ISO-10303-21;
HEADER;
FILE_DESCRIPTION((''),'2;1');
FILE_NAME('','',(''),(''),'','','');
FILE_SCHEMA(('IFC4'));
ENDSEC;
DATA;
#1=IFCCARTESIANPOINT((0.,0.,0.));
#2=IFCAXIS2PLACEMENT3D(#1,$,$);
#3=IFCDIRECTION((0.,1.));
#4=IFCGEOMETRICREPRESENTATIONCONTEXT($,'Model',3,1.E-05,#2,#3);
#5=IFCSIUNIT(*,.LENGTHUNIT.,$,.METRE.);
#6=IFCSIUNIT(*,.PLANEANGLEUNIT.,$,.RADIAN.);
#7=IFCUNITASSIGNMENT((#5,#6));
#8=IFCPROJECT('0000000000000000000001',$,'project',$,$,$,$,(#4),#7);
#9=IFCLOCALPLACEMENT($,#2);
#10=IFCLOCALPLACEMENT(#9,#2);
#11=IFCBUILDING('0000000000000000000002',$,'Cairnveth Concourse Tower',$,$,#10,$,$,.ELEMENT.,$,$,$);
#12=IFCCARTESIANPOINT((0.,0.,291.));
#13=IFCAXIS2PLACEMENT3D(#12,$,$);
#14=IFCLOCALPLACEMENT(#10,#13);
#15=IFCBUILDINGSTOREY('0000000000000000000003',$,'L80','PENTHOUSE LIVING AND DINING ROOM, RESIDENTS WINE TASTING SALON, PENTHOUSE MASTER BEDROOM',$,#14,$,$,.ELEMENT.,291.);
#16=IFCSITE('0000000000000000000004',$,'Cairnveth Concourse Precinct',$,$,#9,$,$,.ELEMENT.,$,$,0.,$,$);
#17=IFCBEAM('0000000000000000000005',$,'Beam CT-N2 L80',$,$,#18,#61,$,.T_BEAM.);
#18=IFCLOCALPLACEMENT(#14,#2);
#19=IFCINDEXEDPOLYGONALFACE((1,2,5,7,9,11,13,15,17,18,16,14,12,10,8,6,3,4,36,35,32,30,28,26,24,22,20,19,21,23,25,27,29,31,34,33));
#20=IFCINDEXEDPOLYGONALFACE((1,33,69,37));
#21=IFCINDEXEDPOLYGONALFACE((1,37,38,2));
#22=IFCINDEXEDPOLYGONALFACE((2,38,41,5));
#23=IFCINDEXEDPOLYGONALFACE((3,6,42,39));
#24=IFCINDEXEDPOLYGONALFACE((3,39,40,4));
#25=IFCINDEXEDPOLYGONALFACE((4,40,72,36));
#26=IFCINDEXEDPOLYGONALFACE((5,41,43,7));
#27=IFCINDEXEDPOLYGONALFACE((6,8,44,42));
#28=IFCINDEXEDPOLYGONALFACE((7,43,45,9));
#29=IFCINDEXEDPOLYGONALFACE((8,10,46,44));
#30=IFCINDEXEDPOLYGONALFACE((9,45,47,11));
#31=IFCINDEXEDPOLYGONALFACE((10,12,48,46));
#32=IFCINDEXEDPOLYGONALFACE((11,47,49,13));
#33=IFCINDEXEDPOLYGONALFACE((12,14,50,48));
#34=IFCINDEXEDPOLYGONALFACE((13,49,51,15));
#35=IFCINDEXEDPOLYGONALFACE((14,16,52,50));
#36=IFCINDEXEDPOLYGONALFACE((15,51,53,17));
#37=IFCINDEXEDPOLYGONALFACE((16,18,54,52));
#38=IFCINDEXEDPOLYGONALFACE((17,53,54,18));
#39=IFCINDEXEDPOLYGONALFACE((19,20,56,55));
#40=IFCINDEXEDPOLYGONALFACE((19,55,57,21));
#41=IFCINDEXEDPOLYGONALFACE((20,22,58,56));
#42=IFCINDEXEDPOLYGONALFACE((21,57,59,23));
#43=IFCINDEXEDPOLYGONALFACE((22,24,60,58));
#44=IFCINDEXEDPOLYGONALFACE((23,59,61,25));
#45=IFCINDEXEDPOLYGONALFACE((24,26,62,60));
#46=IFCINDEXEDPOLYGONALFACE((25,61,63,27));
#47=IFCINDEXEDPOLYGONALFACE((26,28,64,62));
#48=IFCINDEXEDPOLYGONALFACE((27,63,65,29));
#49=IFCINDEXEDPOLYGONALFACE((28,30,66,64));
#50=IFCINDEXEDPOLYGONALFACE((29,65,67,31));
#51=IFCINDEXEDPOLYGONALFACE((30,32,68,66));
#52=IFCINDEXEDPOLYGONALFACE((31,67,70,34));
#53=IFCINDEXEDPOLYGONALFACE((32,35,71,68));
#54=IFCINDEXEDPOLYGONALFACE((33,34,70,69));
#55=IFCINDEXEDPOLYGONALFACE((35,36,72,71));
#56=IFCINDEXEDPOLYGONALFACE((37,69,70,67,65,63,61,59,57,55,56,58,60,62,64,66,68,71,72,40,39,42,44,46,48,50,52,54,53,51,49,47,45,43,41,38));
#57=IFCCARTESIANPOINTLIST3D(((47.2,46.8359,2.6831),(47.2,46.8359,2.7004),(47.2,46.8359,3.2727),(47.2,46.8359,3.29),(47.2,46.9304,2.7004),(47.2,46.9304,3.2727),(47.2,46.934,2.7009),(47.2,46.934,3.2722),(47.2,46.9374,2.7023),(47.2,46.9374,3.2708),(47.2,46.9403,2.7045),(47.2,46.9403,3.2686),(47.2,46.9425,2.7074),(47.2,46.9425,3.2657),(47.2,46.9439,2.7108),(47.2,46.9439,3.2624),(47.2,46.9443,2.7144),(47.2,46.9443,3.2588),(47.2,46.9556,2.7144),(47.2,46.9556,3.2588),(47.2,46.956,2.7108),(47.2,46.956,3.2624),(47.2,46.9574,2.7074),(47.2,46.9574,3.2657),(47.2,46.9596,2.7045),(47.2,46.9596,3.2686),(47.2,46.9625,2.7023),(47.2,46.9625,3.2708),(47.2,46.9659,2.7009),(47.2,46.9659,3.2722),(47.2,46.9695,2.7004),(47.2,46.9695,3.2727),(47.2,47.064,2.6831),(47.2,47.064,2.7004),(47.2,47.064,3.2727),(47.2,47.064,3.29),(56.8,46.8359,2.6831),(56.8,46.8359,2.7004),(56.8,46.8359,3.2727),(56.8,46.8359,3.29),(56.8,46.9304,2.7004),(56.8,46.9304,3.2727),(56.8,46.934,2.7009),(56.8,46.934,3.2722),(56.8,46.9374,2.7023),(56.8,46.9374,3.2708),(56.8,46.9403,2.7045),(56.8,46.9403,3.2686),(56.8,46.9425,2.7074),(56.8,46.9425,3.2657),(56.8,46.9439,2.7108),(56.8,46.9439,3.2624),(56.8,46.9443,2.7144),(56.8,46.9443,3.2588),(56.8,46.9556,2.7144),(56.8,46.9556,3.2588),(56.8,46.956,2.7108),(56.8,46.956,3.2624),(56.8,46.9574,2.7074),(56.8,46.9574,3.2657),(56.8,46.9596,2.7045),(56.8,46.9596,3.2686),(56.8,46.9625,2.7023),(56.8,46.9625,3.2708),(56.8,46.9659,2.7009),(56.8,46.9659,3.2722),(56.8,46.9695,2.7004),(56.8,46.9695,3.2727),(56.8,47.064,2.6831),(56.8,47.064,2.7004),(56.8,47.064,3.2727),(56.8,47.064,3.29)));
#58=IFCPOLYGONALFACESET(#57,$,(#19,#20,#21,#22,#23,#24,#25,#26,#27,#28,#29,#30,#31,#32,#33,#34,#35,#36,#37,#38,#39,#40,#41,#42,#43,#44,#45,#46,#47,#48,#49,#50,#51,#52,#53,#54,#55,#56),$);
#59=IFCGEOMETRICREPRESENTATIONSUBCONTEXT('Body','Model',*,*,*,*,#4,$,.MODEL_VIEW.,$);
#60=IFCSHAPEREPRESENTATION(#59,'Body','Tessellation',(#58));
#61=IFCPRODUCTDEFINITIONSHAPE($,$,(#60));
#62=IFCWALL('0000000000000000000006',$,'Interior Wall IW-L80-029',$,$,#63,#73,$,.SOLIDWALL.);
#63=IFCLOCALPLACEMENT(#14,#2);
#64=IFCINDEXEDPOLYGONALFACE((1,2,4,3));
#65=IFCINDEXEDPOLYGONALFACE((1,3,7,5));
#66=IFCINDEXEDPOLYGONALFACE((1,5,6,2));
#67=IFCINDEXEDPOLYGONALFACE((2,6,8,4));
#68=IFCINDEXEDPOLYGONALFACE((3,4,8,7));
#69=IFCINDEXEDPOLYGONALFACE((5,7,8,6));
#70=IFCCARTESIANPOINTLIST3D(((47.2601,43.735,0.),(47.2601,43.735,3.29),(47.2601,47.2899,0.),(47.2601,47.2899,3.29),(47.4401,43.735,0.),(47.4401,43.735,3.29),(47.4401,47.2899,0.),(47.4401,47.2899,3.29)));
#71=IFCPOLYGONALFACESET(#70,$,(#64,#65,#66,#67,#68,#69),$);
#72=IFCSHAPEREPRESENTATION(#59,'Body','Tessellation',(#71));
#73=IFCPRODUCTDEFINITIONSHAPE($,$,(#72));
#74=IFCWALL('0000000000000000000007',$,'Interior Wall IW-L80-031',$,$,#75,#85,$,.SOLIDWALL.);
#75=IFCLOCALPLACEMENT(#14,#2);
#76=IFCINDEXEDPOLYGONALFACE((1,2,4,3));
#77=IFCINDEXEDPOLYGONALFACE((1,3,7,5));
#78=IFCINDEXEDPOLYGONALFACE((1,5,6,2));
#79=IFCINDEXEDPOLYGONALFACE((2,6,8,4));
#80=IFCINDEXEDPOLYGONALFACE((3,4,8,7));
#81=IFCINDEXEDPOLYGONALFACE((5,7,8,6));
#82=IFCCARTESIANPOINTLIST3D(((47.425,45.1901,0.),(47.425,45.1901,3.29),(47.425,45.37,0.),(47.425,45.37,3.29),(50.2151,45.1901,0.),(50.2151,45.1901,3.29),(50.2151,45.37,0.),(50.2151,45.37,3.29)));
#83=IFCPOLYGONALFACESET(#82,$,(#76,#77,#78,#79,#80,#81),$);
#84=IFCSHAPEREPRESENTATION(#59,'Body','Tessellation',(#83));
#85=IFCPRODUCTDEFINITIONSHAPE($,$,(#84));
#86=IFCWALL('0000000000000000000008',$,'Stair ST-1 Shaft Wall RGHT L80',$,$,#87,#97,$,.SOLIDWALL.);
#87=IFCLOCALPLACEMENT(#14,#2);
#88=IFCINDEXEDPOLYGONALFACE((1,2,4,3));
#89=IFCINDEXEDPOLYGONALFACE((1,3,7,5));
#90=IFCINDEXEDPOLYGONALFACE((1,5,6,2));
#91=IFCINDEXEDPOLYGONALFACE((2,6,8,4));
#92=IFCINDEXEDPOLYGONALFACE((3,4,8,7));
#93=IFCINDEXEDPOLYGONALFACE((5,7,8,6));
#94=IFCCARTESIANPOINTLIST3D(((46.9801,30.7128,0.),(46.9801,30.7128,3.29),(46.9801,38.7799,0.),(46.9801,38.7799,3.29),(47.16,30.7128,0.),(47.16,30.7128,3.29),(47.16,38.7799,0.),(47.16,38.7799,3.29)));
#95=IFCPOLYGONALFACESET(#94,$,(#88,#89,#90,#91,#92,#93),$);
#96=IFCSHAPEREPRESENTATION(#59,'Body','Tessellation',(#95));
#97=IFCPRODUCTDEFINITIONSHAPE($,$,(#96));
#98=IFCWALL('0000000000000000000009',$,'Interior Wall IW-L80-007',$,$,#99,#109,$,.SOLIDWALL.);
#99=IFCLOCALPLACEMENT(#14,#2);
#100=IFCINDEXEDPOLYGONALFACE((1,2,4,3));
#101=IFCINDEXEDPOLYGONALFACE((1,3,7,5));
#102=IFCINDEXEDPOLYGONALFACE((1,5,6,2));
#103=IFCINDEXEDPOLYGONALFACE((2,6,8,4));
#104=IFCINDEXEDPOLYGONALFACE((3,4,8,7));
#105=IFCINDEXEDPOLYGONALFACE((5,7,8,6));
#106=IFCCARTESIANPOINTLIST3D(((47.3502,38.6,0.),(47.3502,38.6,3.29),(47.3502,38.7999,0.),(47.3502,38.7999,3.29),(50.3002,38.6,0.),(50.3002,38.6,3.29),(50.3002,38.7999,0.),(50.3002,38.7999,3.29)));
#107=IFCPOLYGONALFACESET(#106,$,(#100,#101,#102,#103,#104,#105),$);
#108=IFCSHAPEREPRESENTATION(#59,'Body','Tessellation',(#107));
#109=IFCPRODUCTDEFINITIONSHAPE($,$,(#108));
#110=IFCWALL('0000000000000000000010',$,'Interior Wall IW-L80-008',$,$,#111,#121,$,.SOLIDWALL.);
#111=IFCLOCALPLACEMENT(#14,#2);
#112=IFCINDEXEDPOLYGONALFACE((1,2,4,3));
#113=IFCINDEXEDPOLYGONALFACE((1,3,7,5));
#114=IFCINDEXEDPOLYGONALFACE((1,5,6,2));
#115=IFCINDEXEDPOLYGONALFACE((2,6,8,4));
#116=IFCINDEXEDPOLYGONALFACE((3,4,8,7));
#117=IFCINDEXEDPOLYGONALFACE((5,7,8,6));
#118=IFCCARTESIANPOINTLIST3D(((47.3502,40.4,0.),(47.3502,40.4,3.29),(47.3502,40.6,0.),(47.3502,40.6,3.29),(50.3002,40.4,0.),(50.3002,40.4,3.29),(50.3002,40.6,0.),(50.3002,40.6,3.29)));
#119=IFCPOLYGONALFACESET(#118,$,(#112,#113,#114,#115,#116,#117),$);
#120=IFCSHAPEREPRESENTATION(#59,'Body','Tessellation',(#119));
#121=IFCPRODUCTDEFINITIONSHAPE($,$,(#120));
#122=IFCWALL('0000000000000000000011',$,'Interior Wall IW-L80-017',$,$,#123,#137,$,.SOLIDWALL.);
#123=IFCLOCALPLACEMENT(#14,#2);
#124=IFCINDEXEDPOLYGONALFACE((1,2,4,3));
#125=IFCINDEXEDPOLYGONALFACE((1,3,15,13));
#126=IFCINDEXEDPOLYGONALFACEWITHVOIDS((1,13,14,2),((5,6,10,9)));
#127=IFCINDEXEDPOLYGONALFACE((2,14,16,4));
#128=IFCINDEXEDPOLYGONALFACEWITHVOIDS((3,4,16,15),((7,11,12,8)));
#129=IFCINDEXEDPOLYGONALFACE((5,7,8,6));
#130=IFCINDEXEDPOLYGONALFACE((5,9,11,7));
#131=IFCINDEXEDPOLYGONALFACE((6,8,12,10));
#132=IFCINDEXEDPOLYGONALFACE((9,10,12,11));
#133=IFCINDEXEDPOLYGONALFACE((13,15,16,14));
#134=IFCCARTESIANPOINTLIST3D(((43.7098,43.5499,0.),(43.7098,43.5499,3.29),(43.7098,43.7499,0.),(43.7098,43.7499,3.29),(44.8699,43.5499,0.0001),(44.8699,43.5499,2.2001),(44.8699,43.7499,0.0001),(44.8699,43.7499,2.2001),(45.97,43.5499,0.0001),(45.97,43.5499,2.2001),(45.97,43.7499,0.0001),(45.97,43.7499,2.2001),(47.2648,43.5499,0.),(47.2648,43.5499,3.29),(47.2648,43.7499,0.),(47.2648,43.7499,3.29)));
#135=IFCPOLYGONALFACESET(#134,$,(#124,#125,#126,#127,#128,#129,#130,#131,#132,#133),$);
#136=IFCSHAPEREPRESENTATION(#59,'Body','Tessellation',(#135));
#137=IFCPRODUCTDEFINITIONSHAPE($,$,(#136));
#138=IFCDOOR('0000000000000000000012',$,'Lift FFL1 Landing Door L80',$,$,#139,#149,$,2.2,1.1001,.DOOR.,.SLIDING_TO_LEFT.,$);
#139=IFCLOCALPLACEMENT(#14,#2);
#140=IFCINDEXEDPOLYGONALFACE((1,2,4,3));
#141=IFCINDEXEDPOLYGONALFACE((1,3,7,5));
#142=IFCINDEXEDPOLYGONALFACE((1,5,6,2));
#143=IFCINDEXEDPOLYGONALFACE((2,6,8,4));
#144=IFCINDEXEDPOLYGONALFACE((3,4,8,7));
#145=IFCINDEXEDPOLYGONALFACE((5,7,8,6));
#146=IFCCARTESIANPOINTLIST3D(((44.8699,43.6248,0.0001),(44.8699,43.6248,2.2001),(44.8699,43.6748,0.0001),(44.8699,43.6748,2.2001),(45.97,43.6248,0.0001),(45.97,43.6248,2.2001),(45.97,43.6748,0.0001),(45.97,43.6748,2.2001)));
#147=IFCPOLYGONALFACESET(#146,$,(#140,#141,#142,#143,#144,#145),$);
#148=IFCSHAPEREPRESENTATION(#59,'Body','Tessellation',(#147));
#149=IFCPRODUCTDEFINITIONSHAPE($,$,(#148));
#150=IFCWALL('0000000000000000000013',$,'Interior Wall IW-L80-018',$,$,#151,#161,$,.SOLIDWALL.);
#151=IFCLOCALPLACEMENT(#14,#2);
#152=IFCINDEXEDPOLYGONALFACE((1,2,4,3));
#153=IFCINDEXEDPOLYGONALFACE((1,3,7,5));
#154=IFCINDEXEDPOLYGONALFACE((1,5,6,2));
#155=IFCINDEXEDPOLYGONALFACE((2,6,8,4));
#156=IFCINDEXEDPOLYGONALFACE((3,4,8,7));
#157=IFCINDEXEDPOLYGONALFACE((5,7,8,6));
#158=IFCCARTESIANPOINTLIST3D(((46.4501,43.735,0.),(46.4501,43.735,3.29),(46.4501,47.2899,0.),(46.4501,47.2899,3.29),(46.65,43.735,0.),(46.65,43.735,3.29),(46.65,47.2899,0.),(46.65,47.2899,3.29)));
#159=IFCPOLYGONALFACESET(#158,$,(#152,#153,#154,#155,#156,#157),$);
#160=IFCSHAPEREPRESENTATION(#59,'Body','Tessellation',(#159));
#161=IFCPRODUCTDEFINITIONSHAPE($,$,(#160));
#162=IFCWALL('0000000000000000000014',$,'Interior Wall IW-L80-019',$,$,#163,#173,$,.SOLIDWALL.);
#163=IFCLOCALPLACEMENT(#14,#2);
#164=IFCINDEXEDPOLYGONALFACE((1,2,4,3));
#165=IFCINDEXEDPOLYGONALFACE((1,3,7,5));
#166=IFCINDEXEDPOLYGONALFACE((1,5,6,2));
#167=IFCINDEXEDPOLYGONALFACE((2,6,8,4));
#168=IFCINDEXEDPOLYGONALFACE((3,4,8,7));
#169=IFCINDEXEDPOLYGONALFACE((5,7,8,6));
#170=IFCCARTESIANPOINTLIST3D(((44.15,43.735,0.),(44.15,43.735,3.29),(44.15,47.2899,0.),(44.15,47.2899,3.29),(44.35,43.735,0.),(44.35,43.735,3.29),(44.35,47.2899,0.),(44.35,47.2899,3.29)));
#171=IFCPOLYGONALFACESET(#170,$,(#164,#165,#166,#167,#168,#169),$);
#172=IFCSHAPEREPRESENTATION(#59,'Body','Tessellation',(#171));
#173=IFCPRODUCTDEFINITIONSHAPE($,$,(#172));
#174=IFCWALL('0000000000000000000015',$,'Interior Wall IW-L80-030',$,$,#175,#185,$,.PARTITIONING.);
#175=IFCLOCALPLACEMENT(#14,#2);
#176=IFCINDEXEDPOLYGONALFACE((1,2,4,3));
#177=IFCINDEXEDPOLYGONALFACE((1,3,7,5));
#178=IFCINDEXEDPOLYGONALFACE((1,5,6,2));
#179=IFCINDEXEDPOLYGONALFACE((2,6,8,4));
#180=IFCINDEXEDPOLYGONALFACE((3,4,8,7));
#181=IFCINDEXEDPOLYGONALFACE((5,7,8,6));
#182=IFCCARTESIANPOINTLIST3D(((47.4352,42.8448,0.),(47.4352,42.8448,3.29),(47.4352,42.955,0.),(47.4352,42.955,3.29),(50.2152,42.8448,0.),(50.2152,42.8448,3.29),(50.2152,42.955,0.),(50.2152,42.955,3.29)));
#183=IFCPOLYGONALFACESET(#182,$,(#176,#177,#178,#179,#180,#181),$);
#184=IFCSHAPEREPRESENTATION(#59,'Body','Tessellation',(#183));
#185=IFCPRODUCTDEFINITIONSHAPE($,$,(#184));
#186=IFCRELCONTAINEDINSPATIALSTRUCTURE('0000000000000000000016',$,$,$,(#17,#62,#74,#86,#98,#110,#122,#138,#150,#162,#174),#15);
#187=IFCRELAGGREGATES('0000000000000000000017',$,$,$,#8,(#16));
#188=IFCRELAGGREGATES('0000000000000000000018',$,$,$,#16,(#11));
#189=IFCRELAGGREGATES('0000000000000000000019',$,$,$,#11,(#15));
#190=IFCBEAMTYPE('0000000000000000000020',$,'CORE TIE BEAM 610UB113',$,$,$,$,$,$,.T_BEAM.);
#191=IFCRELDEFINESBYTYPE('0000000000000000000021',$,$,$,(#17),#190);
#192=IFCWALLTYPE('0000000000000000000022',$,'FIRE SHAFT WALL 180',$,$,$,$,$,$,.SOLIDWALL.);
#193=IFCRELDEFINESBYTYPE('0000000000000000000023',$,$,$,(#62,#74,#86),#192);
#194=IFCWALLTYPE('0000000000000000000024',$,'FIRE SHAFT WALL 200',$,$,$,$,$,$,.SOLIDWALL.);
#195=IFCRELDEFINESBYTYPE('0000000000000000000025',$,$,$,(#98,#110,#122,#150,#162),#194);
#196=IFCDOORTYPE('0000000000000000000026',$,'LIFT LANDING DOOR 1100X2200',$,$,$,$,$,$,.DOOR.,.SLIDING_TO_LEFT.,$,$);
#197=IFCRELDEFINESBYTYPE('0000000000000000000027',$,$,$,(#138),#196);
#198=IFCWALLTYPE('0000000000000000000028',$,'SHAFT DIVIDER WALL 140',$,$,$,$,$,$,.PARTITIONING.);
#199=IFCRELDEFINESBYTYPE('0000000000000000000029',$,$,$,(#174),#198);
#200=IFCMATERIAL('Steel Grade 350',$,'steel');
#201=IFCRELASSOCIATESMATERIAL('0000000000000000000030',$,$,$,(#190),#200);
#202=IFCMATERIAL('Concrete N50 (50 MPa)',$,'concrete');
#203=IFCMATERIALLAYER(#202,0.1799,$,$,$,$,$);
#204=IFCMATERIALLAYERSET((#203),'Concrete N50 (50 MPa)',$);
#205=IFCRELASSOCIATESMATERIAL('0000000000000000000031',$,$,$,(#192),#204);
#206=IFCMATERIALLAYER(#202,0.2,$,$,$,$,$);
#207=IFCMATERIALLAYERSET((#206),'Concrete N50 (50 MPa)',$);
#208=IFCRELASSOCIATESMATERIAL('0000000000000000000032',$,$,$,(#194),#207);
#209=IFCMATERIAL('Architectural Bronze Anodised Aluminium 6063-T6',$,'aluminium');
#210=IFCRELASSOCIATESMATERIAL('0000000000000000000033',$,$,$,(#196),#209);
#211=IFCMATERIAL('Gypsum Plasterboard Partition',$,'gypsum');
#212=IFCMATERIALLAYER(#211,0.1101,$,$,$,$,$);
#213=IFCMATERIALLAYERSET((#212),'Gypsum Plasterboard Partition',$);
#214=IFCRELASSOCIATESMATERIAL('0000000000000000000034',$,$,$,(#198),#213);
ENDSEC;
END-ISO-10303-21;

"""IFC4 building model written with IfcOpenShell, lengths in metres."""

from ifc_helpers import new_model, si_unit, direction, frame, frame_2d, origin, origin_2d, place, context, subcontext, project, spatial, rectangle, i_section, extrude, material, layer, layer_set, material_profile, profile_set, type_object, element, fill, save


model = new_model("IFC4")

# Units and contexts
model_context = context("Model", 3, precision=1e-05, world=origin(), true_north=direction((0.0, 1.0)))
body_context = subcontext(model_context, "Body", "Model", "MODEL_VIEW")
ifc_project = project(units=[si_unit("LENGTHUNIT", "METRE"), si_unit("PLANEANGLEUNIT", "RADIAN")], contexts=[model_context])

# Site, building, storey
site_placement = place(None, origin())
site = spatial("IfcSite", under=ifc_project, at=site_placement, Name="Cairnveth Concourse Precinct", CompositionType="ELEMENT", RefElevation=0.0)
building_placement = place(site_placement, origin())
building = spatial("IfcBuilding", under=site, at=building_placement, Name="Cairnveth Concourse Tower", CompositionType="ELEMENT")
storey_placement = place(building_placement, frame((0.0, 0.0, 291.0)))
storey = spatial("IfcBuildingStorey", under=building, at=storey_placement, Name="L80", Description="PENTHOUSE LIVING AND DINING ROOM, RESIDENTS WINE TASTING SALON, PENTHOUSE MASTER BEDROOM", CompositionType="ELEMENT", Elevation=291.0)

# Beam
ifc_material_1 = material(Name="Steel Grade 350", Category="steel")
ifc_material_profile = material_profile(ifc_material_1, i_section(OverallWidth=0.228, OverallDepth=0.6069, WebThickness=0.0112, FlangeThickness=0.0173, FilletRadius=0.0139, at=origin_2d()), Name="610UB113")
ifc_profile_set = profile_set([ifc_material_profile], Name="Steel Grade 350")
beam_type = type_object("IfcBeamType", Name="CORE TIE BEAM 610UB113", PredefinedType="T_BEAM", material=ifc_profile_set)
beam_placement = place(storey_placement, frame((47.2, 46.95, 2.9866), z_axis=(1.0, 0.0, 0.0), x_axis=(0.0, 1.0, 0.0)))
element("IfcBeam", 1, at=beam_placement, inside=storey, type_object=beam_type, Name="Beam CT-N2 L80", PredefinedType="T_BEAM", context=body_context, shape_type="SweptSolid", body=[
    extrude(i_section(OverallWidth=0.228, OverallDepth=0.6069, WebThickness=0.0112, FlangeThickness=0.0173, FilletRadius=0.0139, at=origin_2d()), origin(), (0.0, 0.0, 1.0), 9.6001),
])

# Walls
ifc_material_2 = material(Name="Concrete N50 (50 MPa)", Category="concrete")
ifc_layer_1 = layer(ifc_material_2, 0.1799)
ifc_layer_set_1 = layer_set([ifc_layer_1], Name="Concrete N50 (50 MPa)")
wall_type_1 = type_object("IfcWallType", Name="FIRE SHAFT WALL 180", PredefinedType="SOLIDWALL", material=ifc_layer_set_1)
wall_1_placement = place(storey_placement, frame((47.3501, 43.7351, 0.0), z_axis=(0.0, 0.0, 1.0), x_axis=(0.0, 1.0, 0.0)))
element("IfcWall", 2, at=wall_1_placement, inside=storey, type_object=wall_type_1, Name="Interior Wall IW-L80-029", PredefinedType="SOLIDWALL", context=body_context, shape_type="SweptSolid", body=[
    extrude(rectangle(XDim=3.5549, YDim=0.1799, at=frame_2d((1.7773, 0.0))), origin(), (0.0, 0.0, 1.0), 3.29),
])
wall_2_placement = place(storey_placement, frame((47.425, 45.28, 0.0), z_axis=(0.0, 0.0, 1.0), x_axis=(1.0, 0.0, 0.0)))
element("IfcWall", 3, at=wall_2_placement, inside=storey, type_object=wall_type_1, Name="Interior Wall IW-L80-031", PredefinedType="SOLIDWALL", context=body_context, shape_type="SweptSolid", body=[
    extrude(rectangle(XDim=2.79, YDim=0.1799, at=frame_2d((1.395, 0.0))), origin(), (0.0, 0.0, 1.0), 3.29),
])

# Walls
wall_3_placement = place(storey_placement, frame((47.0701, 38.78, 0.0), z_axis=(0.0, 0.0, 1.0), x_axis=(0.0, -1.0, 0.0)))
element("IfcWall", 4, at=wall_3_placement, inside=storey, type_object=wall_type_1, Name="Stair ST-1 Shaft Wall RGHT L80", PredefinedType="SOLIDWALL", context=body_context, shape_type="SweptSolid", body=[
    extrude(rectangle(XDim=8.0671, YDim=0.1799, at=frame_2d((4.0337, 0.0))), origin(), (0.0, 0.0, 1.0), 3.29),
])
ifc_layer_2 = layer(ifc_material_2, 0.2)
ifc_layer_set_2 = layer_set([ifc_layer_2], Name="Concrete N50 (50 MPa)")
wall_type_2 = type_object("IfcWallType", Name="FIRE SHAFT WALL 200", PredefinedType="SOLIDWALL", material=ifc_layer_set_2)
for number, where, z_axis, x_axis, name in (
    (5, (47.3501, 38.7, 0.0), (0.0, 0.0, 1.0), (1.0, 0.0, 0.0), "Interior Wall IW-L80-007"),
    (6, (47.3501, 40.5, 0.0), (0.0, 0.0, 1.0), (1.0, 0.0, 0.0), "Interior Wall IW-L80-008"),
):
    element("IfcWall", number, at=place(storey_placement, frame(where, z_axis=z_axis, x_axis=x_axis)), inside=storey, type_object=wall_type_2, Name=name, PredefinedType="SOLIDWALL", context=body_context, shape_type="SweptSolid", body=[
        extrude(rectangle(XDim=2.95, YDim=0.2, at=frame_2d((1.4751, 0.0))), origin(), (0.0, 0.0, 1.0), 3.29),
    ])

# Wall, opening, door
wall_4_placement = place(storey_placement, frame((43.71, 43.6499, 0.0), z_axis=(0.0, 0.0, 1.0), x_axis=(1.0, 0.0, 0.0)))
wall_4 = element("IfcWall", 7, at=wall_4_placement, inside=storey, type_object=wall_type_2, Name="Interior Wall IW-L80-017", PredefinedType="SOLIDWALL", context=body_context, shape_type="SweptSolid", body=[
    extrude(rectangle(XDim=3.5549, YDim=0.2, at=frame_2d((1.7773, 0.0))), origin(), (0.0, 0.0, 1.0), 3.29),
])
opening_1_placement = place(wall_4_placement, frame((1.1599, 0.0, 0.0)))
opening_1 = element("IfcOpeningElement", 8, at=opening_1_placement, cuts=wall_4, PredefinedType="OPENING", context=body_context, shape_type="SweptSolid", body=[
    extrude(rectangle(XDim=1.1001, YDim=2.2, at=frame_2d((0.55, 1.1001))), frame((0.0, 0.1099, 0.0), z_axis=(0.0, -1.0, 0.0), x_axis=(1.0, 0.0, 0.0)), (0.0, 0.0, 1.0), 0.22),
])
ifc_material_3 = material(Name="Architectural Bronze Anodised Aluminium 6063-T6", Category="aluminium")
door_type_1 = type_object("IfcDoorType", Name="LIFT LANDING DOOR 1100X2200", OperationType="SLIDING_TO_LEFT", PredefinedType="DOOR", material=ifc_material_3)
door_1_placement = place(opening_1_placement, origin())
door_1 = element("IfcDoor", 9, at=door_1_placement, inside=storey, type_object=door_type_1, Name="Lift FFL1 Landing Door L80", OperationType="SLIDING_TO_LEFT", OverallHeight=2.2, OverallWidth=1.1001, PredefinedType="DOOR", context=body_context, shape_type="SweptSolid", body=[
    extrude(rectangle(XDim=1.1001, YDim=2.2, at=frame_2d((0.55, 1.1001))), frame((0.0, 0.0249, 0.0), z_axis=(0.0, -1.0, 0.0), x_axis=(1.0, 0.0, 0.0)), (0.0, 0.0, 1.0), 0.05),
])
fill(opening_1, door_1)

# Walls
for number, where, z_axis, x_axis, name in (
    (10, (46.55, 43.7351, 0.0), (0.0, 0.0, 1.0), (0.0, 1.0, 0.0), "Interior Wall IW-L80-018"),
    (11, (44.25, 43.7351, 0.0), (0.0, 0.0, 1.0), (0.0, 1.0, 0.0), "Interior Wall IW-L80-019"),
):
    element("IfcWall", number, at=place(storey_placement, frame(where, z_axis=z_axis, x_axis=x_axis)), inside=storey, type_object=wall_type_2, Name=name, PredefinedType="SOLIDWALL", context=body_context, shape_type="SweptSolid", body=[
        extrude(rectangle(XDim=3.5549, YDim=0.2, at=frame_2d((1.7773, 0.0))), origin(), (0.0, 0.0, 1.0), 3.29),
    ])
ifc_material_4 = material(Name="Gypsum Plasterboard Partition", Category="gypsum")
ifc_layer_3 = layer(ifc_material_4, 0.1101)
ifc_layer_set_3 = layer_set([ifc_layer_3], Name="Gypsum Plasterboard Partition")
wall_type_3 = type_object("IfcWallType", Name="SHAFT DIVIDER WALL 140", PredefinedType="PARTITIONING", material=ifc_layer_set_3)
wall_5_placement = place(storey_placement, frame((47.4351, 42.8999, 0.0), z_axis=(0.0, 0.0, 1.0), x_axis=(1.0, 0.0, 0.0)))
element("IfcWall", 12, at=wall_5_placement, inside=storey, type_object=wall_type_3, Name="Interior Wall IW-L80-030", PredefinedType="PARTITIONING", context=body_context, shape_type="SweptSolid", body=[
    extrude(rectangle(XDim=2.78, YDim=0.1101, at=frame_2d((1.3901, 0.0))), origin(), (0.0, 0.0, 1.0), 3.29),
])

save(model, "model.ifc")
